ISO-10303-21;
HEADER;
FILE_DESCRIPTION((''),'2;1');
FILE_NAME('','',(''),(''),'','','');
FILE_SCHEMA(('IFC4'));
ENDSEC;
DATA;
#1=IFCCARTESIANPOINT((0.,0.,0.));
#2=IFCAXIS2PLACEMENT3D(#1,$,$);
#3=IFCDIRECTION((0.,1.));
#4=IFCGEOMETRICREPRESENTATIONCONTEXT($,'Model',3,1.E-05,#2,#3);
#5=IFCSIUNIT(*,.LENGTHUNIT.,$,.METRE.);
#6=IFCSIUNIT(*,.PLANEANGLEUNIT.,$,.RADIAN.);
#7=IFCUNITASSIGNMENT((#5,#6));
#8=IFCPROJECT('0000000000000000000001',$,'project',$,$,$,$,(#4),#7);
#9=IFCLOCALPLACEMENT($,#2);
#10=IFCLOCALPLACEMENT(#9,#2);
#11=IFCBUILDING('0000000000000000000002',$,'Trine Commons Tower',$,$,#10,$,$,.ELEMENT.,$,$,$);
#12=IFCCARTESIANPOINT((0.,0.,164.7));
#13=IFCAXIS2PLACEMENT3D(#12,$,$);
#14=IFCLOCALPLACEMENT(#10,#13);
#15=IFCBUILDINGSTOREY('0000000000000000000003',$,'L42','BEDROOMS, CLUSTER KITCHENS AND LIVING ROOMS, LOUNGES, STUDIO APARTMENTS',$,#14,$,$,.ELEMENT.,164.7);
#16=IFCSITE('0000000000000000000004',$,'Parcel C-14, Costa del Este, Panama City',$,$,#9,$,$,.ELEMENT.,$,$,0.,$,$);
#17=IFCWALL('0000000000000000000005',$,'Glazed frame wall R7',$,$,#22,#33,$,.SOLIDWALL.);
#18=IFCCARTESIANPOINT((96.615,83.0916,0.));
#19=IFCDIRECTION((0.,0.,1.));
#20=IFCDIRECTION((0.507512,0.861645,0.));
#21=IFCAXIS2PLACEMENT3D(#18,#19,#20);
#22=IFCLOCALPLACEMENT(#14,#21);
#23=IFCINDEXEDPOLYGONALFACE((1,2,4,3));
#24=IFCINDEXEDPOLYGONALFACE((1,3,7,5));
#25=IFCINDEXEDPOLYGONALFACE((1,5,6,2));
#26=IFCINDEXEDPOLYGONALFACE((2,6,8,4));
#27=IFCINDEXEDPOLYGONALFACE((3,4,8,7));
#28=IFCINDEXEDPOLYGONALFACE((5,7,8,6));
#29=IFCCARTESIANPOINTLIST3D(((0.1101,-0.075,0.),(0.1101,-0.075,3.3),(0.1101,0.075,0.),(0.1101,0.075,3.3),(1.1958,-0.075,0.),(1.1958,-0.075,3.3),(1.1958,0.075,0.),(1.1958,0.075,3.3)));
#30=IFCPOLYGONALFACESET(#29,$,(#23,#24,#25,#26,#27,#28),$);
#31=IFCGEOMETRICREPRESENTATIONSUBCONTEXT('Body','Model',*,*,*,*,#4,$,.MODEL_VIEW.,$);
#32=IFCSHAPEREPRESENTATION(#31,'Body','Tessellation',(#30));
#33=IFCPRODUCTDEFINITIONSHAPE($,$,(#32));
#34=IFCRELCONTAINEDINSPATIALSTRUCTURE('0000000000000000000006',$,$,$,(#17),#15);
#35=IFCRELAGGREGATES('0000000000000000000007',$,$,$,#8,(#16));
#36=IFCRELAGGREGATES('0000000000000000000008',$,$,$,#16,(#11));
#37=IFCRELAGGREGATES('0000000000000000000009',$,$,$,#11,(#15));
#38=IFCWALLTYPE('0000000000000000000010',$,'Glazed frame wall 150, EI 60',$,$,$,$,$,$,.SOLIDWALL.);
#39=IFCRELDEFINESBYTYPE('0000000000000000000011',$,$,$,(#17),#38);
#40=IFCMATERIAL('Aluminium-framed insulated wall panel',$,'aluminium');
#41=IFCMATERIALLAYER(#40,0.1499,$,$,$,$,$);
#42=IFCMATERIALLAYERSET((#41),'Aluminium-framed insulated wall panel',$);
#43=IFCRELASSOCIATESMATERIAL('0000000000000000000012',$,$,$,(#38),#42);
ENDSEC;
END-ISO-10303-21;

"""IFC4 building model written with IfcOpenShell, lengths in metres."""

from ifc_helpers import new_model, si_unit, direction, frame, origin, place, context, subcontext, project, spatial, polyline, outline, extrude, material, layer, layer_set, type_object, element, save


model = new_model("IFC4")

# Units and contexts
model_context = context("Model", 3, precision=1e-05, world=origin(), true_north=direction((0.0, 1.0)))
body_context = subcontext(model_context, "Body", "Model", "MODEL_VIEW")
ifc_project = project(units=[si_unit("LENGTHUNIT", "METRE"), si_unit("PLANEANGLEUNIT", "RADIAN")], contexts=[model_context])

# Site, building, storey
site_placement = place(None, origin())
site = spatial("IfcSite", under=ifc_project, at=site_placement, Name="Parcel C-14, Costa del Este, Panama City", CompositionType="ELEMENT", RefElevation=0.0)
building_placement = place(site_placement, origin())
building = spatial("IfcBuilding", under=site, at=building_placement, Name="Trine Commons Tower", CompositionType="ELEMENT")
storey_placement = place(building_placement, frame((0.0, 0.0, 164.7)))
storey = spatial("IfcBuildingStorey", under=building, at=storey_placement, Name="L42", Description="BEDROOMS, CLUSTER KITCHENS AND LIVING ROOMS, LOUNGES, STUDIO APARTMENTS", CompositionType="ELEMENT", Elevation=164.7)

# Shared definitions
ifc_material_1 = material(Name="Aluminium-framed insulated wall panel", Category="aluminium")
ifc_layer = layer(ifc_material_1, 0.1499)
ifc_layer_set = layer_set([ifc_layer], Name="Aluminium-framed insulated wall panel")
wall_type = type_object("IfcWallType", Name="Glazed frame wall 150, EI 60", PredefinedType="SOLIDWALL", material=ifc_layer_set)

# Wall
wall_1_placement = place(storey_placement, frame((96.615, 83.0916, 0.0), z_axis=(0.0, 0.0, 1.0), x_axis=(0.507512, 0.861645, 0.0)))
element("IfcWall", 1, at=wall_1_placement, inside=storey, type_object=wall_type, Name="Glazed frame wall R7", PredefinedType="SOLIDWALL", context=body_context, shape_type="SweptSolid", body=[
    extrude(outline(polyline([(0.1101, 0.075), (0.1101, -0.075), (1.1958, -0.075), (1.1958, 0.075), (0.1101, 0.075)])), origin(), (0.0, 0.0, 1.0), 3.3),
])

save(model, "model.ifc")
